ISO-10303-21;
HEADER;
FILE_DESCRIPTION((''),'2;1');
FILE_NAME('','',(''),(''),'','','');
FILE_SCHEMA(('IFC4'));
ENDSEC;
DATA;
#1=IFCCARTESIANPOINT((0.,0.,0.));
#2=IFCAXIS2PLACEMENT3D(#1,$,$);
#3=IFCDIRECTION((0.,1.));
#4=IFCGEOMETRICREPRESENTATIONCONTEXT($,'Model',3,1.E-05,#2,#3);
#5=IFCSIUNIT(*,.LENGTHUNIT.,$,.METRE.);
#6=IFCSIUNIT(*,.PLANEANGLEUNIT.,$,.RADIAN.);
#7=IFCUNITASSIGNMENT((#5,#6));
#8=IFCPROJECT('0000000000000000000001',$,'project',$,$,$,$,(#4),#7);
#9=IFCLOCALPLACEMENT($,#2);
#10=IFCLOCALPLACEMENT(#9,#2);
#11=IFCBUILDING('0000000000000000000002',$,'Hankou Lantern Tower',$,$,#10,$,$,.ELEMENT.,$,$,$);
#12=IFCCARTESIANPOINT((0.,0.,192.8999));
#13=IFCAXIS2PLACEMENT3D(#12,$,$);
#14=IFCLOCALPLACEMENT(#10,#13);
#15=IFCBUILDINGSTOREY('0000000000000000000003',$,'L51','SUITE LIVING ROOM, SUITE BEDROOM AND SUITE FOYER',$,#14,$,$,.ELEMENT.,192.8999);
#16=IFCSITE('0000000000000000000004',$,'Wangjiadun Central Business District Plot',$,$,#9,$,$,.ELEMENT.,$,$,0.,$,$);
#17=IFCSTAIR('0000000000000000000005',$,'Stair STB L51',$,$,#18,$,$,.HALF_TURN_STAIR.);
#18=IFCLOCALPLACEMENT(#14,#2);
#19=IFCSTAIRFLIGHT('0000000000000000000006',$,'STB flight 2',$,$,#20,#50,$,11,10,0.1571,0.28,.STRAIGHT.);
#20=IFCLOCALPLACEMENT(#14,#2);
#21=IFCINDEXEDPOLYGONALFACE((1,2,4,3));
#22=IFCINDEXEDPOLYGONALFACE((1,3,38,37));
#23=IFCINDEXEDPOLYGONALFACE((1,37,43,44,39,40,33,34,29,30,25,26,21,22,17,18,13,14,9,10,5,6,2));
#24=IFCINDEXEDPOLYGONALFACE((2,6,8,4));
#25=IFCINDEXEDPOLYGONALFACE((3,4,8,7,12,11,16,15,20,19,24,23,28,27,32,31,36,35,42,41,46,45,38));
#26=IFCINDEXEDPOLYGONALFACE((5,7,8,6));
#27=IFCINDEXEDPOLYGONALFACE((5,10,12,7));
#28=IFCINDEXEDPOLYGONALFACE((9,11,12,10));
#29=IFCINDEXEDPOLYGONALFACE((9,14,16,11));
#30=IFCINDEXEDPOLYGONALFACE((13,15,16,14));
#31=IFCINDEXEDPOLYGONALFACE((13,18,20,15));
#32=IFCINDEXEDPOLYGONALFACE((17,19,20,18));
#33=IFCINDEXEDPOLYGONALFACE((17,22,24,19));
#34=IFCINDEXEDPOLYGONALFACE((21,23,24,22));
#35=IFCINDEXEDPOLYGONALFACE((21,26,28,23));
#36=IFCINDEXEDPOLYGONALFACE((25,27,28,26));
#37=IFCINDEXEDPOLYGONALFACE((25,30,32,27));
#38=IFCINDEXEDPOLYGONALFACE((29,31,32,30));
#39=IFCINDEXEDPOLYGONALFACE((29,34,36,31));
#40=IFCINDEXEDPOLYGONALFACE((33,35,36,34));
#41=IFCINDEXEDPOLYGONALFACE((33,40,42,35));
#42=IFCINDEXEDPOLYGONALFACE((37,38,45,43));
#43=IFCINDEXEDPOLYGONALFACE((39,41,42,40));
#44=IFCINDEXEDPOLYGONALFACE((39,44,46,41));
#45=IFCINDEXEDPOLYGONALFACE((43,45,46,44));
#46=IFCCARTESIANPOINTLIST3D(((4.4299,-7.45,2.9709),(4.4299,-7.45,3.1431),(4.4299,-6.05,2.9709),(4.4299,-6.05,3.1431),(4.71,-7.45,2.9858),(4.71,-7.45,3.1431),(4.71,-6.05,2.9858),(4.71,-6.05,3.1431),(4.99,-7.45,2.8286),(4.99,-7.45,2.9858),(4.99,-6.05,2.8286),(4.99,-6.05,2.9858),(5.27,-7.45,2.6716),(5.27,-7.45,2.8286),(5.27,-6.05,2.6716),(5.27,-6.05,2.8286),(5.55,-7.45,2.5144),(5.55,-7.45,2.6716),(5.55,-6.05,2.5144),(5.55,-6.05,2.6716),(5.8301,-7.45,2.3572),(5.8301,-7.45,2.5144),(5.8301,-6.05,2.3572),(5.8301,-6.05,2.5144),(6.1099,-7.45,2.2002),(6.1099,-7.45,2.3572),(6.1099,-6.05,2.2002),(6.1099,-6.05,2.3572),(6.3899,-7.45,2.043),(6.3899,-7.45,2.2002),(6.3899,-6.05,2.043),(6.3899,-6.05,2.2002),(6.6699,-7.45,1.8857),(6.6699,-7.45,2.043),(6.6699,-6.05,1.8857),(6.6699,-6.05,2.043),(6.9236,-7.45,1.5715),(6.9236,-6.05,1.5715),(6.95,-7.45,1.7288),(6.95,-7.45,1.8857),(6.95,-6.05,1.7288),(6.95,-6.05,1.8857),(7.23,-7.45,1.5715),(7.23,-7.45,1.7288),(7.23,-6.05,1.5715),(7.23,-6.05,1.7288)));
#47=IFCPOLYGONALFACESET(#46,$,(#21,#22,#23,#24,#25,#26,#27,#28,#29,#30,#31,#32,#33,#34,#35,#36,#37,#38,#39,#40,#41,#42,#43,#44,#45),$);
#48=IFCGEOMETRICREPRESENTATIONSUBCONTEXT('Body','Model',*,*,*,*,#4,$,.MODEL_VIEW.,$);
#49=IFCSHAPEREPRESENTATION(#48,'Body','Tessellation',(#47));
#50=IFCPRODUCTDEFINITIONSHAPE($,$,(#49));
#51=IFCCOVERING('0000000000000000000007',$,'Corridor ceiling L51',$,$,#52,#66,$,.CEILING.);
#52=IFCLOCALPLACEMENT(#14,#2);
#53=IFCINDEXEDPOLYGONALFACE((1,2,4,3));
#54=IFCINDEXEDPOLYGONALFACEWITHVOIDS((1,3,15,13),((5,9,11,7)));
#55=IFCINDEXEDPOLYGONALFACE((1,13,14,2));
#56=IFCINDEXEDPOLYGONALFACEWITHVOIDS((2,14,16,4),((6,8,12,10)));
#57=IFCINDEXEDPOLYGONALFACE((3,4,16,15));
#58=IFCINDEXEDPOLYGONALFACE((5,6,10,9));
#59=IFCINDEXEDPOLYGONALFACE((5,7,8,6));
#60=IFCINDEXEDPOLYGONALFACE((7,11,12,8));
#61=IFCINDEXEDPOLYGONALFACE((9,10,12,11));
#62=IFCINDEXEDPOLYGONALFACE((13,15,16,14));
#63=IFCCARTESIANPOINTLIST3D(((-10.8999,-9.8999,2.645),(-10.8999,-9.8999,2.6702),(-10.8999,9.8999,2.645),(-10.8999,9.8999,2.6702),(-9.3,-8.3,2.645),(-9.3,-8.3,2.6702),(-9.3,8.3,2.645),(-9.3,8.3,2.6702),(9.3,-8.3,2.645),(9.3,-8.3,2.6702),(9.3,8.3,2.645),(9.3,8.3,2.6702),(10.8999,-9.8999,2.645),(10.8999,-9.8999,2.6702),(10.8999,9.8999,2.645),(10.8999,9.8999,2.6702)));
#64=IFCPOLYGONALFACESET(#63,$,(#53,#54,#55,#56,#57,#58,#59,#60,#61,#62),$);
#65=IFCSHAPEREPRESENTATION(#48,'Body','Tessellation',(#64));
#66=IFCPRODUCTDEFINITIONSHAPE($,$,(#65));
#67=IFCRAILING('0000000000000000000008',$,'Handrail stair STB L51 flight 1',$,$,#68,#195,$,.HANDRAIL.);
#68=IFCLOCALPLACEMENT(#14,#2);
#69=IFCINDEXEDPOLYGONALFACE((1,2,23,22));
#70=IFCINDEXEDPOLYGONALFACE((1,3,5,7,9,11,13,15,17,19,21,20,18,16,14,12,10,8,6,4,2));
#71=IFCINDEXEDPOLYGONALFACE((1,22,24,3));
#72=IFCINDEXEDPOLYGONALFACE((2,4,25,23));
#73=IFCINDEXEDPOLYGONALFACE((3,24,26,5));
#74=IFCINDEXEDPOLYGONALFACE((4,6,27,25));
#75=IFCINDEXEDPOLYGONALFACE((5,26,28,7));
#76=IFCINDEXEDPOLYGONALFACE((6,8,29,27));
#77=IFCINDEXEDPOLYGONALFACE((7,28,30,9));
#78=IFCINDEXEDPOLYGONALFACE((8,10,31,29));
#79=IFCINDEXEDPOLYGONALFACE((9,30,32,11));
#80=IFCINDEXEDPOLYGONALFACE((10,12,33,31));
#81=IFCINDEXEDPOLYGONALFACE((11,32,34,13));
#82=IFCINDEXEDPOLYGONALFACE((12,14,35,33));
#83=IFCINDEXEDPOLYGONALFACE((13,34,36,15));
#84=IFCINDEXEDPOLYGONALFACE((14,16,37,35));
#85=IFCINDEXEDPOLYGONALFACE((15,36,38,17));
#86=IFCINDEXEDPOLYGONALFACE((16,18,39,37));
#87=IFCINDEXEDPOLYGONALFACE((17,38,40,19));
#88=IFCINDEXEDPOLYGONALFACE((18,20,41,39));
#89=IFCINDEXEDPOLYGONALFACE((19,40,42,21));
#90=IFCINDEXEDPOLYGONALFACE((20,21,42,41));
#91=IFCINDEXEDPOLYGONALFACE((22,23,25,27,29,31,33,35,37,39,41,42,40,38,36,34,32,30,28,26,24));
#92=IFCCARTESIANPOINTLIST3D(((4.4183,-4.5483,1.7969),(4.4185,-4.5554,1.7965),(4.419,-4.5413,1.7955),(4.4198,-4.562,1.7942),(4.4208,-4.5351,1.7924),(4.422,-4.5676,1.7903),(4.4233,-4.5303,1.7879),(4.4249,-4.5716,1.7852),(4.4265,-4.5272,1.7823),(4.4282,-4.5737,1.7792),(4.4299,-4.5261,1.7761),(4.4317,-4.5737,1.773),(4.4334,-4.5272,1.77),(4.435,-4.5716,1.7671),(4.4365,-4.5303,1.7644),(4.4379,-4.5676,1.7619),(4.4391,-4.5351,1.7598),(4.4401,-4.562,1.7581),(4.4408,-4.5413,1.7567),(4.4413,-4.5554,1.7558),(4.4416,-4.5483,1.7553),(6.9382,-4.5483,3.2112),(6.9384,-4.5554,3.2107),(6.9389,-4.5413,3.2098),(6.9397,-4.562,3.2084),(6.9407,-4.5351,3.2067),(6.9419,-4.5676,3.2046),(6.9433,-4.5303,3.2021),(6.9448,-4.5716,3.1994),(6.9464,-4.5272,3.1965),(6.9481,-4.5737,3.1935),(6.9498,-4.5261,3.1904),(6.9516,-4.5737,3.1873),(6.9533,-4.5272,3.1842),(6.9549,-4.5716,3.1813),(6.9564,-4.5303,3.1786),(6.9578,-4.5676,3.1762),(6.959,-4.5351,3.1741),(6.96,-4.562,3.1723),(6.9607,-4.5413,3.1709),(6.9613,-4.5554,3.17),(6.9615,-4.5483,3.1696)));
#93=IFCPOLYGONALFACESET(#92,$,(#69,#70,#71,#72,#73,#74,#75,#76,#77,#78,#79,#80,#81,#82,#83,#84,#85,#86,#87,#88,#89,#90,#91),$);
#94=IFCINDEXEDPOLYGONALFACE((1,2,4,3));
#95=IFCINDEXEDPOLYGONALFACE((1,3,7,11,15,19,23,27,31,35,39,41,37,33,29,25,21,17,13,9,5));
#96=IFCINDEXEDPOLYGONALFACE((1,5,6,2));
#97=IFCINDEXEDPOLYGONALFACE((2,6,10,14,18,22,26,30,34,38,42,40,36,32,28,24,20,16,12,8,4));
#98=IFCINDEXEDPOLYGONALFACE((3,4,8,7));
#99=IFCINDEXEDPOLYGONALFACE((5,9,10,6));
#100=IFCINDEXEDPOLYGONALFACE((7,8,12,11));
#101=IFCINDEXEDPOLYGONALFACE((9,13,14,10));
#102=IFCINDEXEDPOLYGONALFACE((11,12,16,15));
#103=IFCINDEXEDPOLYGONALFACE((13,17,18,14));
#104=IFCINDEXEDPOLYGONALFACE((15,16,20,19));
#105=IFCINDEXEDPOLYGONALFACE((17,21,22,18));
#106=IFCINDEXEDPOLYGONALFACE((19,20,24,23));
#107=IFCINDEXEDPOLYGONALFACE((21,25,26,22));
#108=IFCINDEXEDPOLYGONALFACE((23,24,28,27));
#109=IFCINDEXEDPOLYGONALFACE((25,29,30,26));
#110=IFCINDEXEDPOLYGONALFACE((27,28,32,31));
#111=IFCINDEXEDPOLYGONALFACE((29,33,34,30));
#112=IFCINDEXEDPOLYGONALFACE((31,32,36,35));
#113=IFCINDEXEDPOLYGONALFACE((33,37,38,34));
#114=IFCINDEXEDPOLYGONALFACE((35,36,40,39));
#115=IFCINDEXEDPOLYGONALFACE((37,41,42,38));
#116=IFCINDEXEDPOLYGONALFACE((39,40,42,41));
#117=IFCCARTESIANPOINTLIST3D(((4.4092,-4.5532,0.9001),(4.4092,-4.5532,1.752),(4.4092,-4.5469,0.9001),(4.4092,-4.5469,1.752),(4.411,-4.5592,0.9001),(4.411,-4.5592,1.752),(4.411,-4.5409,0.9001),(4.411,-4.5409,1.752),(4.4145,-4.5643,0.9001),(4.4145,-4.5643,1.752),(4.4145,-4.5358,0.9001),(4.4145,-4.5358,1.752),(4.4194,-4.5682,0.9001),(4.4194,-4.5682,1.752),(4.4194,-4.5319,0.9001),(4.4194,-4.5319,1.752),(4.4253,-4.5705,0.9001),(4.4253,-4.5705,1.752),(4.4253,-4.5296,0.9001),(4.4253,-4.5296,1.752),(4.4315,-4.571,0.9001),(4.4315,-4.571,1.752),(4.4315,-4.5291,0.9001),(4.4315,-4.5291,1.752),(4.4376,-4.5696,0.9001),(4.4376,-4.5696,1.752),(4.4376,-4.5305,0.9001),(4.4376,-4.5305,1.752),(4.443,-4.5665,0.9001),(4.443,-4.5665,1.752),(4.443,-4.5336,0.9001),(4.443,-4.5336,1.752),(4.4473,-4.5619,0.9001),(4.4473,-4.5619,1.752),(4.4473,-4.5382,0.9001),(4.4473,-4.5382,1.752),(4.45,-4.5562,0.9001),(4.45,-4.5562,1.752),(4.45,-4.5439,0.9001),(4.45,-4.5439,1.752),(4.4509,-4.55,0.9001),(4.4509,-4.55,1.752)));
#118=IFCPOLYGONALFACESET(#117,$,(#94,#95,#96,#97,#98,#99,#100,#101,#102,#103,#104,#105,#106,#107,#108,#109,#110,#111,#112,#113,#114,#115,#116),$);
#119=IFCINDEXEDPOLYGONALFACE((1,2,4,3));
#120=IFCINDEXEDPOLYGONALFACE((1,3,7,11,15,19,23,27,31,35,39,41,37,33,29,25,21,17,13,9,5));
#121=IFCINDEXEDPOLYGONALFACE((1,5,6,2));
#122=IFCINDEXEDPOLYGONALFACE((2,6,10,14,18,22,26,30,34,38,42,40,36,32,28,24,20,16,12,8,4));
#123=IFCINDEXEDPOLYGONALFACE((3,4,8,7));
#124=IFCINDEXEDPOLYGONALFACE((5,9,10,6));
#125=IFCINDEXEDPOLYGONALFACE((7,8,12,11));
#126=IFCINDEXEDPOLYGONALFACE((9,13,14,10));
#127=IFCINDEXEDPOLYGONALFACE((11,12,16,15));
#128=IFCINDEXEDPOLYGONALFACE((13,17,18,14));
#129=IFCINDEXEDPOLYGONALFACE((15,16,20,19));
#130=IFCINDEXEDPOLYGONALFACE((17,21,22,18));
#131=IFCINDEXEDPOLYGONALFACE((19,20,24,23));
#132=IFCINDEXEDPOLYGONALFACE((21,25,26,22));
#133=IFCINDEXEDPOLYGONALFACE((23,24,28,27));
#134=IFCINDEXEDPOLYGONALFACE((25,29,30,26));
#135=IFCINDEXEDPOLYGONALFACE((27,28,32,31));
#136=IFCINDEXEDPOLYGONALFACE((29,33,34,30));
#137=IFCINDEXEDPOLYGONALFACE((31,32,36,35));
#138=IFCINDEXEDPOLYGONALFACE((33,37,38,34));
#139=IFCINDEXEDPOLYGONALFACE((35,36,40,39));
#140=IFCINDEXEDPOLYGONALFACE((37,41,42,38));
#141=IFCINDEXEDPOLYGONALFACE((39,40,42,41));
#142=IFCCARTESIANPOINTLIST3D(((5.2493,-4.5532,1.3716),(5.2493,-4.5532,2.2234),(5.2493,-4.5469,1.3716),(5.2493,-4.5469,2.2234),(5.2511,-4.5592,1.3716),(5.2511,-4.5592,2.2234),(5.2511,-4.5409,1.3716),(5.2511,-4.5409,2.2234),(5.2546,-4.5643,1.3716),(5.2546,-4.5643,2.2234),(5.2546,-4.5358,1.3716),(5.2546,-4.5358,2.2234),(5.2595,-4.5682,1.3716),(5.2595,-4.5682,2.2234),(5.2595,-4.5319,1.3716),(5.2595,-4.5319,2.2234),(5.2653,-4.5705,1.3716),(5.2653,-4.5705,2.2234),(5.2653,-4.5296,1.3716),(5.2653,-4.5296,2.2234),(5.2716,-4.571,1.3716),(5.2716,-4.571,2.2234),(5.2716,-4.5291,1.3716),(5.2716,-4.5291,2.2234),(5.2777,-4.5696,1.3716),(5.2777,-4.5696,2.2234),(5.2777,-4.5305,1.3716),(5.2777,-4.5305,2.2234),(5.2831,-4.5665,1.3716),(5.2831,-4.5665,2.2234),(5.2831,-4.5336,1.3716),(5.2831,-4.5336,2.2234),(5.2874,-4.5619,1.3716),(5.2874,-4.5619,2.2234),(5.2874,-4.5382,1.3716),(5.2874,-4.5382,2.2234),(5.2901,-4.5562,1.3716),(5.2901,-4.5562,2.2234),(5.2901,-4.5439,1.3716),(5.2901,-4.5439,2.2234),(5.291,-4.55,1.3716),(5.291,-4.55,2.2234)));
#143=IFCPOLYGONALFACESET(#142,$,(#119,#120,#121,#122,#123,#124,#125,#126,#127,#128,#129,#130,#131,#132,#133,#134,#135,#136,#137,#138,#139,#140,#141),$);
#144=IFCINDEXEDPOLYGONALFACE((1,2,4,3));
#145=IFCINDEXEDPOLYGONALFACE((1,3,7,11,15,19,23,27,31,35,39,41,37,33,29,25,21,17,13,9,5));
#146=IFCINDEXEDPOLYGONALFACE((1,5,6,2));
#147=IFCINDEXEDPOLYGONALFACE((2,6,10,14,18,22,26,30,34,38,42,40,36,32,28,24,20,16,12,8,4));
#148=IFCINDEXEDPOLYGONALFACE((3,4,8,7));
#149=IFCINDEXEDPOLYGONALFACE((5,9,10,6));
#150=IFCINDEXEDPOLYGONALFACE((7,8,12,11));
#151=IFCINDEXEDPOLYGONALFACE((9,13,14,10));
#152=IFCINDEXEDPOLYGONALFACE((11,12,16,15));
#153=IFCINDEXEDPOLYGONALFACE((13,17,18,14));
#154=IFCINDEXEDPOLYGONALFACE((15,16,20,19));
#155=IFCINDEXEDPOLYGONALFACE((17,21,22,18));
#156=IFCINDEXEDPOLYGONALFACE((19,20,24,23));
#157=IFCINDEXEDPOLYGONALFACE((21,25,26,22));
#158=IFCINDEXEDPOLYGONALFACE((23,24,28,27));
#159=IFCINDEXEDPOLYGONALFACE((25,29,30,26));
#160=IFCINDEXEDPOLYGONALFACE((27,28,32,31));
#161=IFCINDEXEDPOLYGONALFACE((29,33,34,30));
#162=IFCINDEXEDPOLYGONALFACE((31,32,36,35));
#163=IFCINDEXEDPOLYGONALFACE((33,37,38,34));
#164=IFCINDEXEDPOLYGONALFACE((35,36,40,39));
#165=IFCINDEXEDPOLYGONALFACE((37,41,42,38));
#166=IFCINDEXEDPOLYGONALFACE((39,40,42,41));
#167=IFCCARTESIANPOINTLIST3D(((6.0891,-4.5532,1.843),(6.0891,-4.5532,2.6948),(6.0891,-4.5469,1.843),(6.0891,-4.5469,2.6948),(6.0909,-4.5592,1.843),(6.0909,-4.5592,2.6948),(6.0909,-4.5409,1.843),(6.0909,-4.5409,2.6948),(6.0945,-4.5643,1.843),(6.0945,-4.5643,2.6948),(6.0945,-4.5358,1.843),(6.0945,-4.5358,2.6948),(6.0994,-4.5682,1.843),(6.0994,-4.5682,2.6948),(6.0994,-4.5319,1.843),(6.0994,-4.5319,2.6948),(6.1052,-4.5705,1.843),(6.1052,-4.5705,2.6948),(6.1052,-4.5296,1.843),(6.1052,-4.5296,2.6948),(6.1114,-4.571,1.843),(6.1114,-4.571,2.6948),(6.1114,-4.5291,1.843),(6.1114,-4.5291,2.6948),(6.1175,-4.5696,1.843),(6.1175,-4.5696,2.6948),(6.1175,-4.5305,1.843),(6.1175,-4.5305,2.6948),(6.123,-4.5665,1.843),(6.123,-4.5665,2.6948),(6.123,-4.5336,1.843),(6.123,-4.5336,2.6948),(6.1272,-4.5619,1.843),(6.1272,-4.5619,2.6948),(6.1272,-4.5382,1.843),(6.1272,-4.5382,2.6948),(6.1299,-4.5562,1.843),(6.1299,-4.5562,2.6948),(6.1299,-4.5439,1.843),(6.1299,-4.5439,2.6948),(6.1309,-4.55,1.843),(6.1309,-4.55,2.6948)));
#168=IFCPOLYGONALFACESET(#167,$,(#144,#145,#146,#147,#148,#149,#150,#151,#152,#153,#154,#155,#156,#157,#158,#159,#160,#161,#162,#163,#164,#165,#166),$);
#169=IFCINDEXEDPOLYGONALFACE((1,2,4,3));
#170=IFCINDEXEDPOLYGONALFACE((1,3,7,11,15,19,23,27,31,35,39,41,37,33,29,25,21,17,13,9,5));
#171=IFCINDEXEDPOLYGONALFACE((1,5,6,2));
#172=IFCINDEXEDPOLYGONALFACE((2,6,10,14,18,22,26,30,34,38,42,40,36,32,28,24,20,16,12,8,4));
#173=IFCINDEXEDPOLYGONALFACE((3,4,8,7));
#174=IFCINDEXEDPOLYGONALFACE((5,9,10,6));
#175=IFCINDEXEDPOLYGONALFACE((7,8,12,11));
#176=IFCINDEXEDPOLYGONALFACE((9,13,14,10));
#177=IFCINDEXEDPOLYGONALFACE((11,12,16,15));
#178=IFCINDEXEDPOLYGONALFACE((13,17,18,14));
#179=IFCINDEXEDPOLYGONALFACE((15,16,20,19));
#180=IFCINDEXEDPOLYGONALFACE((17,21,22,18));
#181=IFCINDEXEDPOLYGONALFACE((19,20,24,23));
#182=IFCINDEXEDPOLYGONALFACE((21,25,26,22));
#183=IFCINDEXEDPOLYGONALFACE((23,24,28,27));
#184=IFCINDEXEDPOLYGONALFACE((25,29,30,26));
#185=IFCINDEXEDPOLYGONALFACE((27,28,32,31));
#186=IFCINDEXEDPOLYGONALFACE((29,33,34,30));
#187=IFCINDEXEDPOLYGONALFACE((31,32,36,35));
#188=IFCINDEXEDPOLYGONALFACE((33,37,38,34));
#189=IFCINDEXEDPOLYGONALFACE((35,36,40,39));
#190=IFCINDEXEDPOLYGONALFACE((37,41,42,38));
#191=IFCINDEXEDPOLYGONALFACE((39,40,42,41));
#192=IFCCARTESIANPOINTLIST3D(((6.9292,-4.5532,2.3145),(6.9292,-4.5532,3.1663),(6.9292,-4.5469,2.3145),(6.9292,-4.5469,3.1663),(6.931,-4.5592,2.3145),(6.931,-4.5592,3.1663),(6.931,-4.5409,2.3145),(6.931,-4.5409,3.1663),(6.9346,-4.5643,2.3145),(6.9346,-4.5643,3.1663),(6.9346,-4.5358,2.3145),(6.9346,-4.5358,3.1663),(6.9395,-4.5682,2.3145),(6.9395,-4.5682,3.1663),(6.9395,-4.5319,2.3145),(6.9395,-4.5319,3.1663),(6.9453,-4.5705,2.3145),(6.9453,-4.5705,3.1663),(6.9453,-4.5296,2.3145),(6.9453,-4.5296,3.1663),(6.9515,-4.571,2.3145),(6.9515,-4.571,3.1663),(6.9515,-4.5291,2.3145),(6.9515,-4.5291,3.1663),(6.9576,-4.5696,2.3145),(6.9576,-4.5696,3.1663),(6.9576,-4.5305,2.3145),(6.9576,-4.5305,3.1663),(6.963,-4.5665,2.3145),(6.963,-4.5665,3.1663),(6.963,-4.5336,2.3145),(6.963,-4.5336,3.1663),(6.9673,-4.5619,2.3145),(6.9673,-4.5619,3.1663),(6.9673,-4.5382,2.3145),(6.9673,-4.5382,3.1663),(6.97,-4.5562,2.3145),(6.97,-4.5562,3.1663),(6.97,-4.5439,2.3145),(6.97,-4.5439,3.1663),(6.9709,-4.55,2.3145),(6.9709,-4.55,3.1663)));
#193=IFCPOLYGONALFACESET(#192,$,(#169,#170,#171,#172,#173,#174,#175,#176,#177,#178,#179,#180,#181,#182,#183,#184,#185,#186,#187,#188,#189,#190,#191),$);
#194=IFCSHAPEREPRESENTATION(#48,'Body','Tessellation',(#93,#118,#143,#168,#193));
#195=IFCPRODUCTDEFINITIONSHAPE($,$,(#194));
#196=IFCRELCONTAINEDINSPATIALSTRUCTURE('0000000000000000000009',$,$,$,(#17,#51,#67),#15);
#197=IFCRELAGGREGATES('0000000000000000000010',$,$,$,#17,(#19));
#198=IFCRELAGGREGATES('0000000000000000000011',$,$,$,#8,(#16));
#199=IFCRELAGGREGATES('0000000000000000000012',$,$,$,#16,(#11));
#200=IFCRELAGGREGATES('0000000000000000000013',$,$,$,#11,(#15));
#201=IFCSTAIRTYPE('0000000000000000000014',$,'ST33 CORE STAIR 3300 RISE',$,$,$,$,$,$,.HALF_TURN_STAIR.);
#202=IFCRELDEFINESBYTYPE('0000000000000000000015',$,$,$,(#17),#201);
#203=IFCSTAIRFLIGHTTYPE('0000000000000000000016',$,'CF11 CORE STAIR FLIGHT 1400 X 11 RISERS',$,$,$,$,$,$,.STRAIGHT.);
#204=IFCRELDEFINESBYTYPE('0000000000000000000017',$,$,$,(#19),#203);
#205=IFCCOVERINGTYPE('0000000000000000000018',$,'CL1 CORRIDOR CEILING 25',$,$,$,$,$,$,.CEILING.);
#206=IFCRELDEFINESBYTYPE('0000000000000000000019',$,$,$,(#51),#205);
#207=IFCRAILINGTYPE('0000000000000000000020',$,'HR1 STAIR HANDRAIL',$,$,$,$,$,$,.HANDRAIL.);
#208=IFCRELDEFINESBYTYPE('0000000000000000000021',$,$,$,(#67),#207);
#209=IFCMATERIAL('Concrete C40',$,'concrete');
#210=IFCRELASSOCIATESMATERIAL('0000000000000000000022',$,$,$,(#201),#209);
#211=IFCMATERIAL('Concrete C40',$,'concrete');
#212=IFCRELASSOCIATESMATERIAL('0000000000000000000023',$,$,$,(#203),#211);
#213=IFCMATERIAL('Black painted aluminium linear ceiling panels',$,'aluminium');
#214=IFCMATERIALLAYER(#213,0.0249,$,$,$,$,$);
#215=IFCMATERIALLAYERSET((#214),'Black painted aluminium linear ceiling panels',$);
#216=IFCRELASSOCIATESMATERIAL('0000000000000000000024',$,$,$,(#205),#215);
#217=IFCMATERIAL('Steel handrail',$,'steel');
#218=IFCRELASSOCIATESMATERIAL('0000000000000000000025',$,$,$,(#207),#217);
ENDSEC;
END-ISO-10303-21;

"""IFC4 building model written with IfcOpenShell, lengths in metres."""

from ifc_helpers import new_model, si_unit, direction, frame, origin, origin_2d, place, context, subcontext, project, spatial, polyline, circle, outline, extrude, material, layer, layer_set, type_object, element, aggregate, save


model = new_model("IFC4")

# Units and contexts
model_context = context("Model", 3, precision=1e-05, world=origin(), true_north=direction((0.0, 1.0)))
body_context = subcontext(model_context, "Body", "Model", "MODEL_VIEW")
ifc_project = project(units=[si_unit("LENGTHUNIT", "METRE"), si_unit("PLANEANGLEUNIT", "RADIAN")], contexts=[model_context])

# Site, building, storey
site_placement = place(None, origin())
site = spatial("IfcSite", under=ifc_project, at=site_placement, Name="Wangjiadun Central Business District Plot", CompositionType="ELEMENT", RefElevation=0.0)
building_placement = place(site_placement, origin())
building = spatial("IfcBuilding", under=site, at=building_placement, Name="Hankou Lantern Tower", CompositionType="ELEMENT")
storey_placement = place(building_placement, frame((0.0, 0.0, 192.8999)))
storey = spatial("IfcBuildingStorey", under=building, at=storey_placement, Name="L51", Description="SUITE LIVING ROOM, SUITE BEDROOM AND SUITE FOYER", CompositionType="ELEMENT", Elevation=192.8999)

# Stair, stair flight
ifc_material_1 = material(Name="Concrete C40", Category="concrete")
stair_type = type_object("IfcStairType", Name="ST33 CORE STAIR 3300 RISE", PredefinedType="HALF_TURN_STAIR", material=ifc_material_1)
stair_placement = place(storey_placement, origin())
stair = element("IfcStair", 1, at=stair_placement, inside=storey, type_object=stair_type, Name="Stair STB L51", PredefinedType="HALF_TURN_STAIR")
ifc_material_2 = material(Name="Concrete C40", Category="concrete")
stair_flight_type_1 = type_object("IfcStairFlightType", Name="CF11 CORE STAIR FLIGHT 1400 X 11 RISERS", PredefinedType="STRAIGHT", material=ifc_material_2)
stair_flight_1_placement = place(storey_placement, frame((7.23, -6.75, 1.5715), z_axis=(0.0, 0.0, 1.0), x_axis=(-1.0, 0.0, 0.0)))
stair_flight_1 = element("IfcStairFlight", 2, at=stair_flight_1_placement, type_object=stair_flight_type_1, Name="STB flight 2", NumberOfRisers=11, NumberOfTreads=10, PredefinedType="STRAIGHT", RiserHeight=0.1571, TreadLength=0.28, context=body_context, shape_type="SweptSolid", body=[
    extrude(outline(polyline([(0.0, 0.0), (0.0, 0.1572), (0.28, 0.1572), (0.28, 0.3142), (0.5601, 0.3142), (0.5601, 0.4714), (0.8401, 0.4714), (0.8401, 0.6287), (1.1201, 0.6287), (1.1201, 0.7856), (1.3999, 0.7856), (1.3999, 0.9429), (1.6799, 0.9429), (1.6799, 1.1001), (1.96, 1.1001), (1.96, 1.2571), (2.24, 1.2571), (2.24, 1.4143), (2.52, 1.4143), (2.52, 1.5715), (2.8, 1.5715), (2.8, 1.7285), (2.8, 1.3994), (0.3064, 0.0), (0.0, 0.0)])), frame((0.0, 0.7, 0.0), z_axis=(0.0, -1.0, 0.0), x_axis=(1.0, 0.0, 0.0)), (0.0, 0.0, 1.0), 1.3999),
])
aggregate(stair, [stair_flight_1])

# Covering
ifc_material_3 = material(Name="Black painted aluminium linear ceiling panels", Category="aluminium")
ifc_layer_1 = layer(ifc_material_3, 0.0249)
ifc_layer_set_1 = layer_set([ifc_layer_1], Name="Black painted aluminium linear ceiling panels")
covering_type = type_object("IfcCoveringType", Name="CL1 CORRIDOR CEILING 25", PredefinedType="CEILING", material=ifc_layer_set_1)
covering_placement = place(storey_placement, frame((0.0, 0.0, 2.645)))
element("IfcCovering", 3, at=covering_placement, inside=storey, type_object=covering_type, Name="Corridor ceiling L51", PredefinedType="CEILING", context=body_context, shape_type="SweptSolid", body=[
    extrude(outline(polyline([(-10.8999, -9.8999), (10.8999, -9.8999), (10.8999, 9.8999), (-10.8999, 9.8999), (-10.8999, -9.8999)]), holes=[polyline([(-9.3, 8.3), (9.3, 8.3), (9.3, -8.3), (-9.3, -8.3), (-9.3, 8.3)])]), origin(), (0.0, 0.0, 1.0), 0.0251),
])

# Railing
ifc_material_4 = material(Name="Steel handrail", Category="steel")
railing_type = type_object("IfcRailingType", Name="HR1 STAIR HANDRAIL", PredefinedType="HANDRAIL", material=ifc_material_4)
railing_1_placement = place(storey_placement, frame((4.4299, -4.55, 0.9001)))
element("IfcRailing", 4, at=railing_1_placement, inside=storey, type_object=railing_type, Name="Handrail stair STB L51 flight 1", PredefinedType="HANDRAIL", context=body_context, shape_type="SweptSolid", body=[
    extrude(circle(Radius=0.0239, at=origin_2d()), frame((0.0, 0.0, 0.876), z_axis=(0.872049, 0.0, 0.489419), x_axis=(0.0, 1.0, 0.0)), (0.0, 0.0, 1.0), 2.8896),
    extrude(circle(Radius=0.021, at=origin_2d()), origin(), (0.0, 0.0, 1.0), 0.8518),
    extrude(circle(Radius=0.021, at=origin_2d()), frame((0.8401, 0.0, 0.4714)), (0.0, 0.0, 1.0), 0.8518),
    extrude(circle(Radius=0.021, at=origin_2d()), frame((1.6799, 0.0, 0.9429)), (0.0, 0.0, 1.0), 0.8518),
    extrude(circle(Radius=0.021, at=origin_2d()), frame((2.52, 0.0, 1.4143)), (0.0, 0.0, 1.0), 0.8518),
])

save(model, "model.ifc")
